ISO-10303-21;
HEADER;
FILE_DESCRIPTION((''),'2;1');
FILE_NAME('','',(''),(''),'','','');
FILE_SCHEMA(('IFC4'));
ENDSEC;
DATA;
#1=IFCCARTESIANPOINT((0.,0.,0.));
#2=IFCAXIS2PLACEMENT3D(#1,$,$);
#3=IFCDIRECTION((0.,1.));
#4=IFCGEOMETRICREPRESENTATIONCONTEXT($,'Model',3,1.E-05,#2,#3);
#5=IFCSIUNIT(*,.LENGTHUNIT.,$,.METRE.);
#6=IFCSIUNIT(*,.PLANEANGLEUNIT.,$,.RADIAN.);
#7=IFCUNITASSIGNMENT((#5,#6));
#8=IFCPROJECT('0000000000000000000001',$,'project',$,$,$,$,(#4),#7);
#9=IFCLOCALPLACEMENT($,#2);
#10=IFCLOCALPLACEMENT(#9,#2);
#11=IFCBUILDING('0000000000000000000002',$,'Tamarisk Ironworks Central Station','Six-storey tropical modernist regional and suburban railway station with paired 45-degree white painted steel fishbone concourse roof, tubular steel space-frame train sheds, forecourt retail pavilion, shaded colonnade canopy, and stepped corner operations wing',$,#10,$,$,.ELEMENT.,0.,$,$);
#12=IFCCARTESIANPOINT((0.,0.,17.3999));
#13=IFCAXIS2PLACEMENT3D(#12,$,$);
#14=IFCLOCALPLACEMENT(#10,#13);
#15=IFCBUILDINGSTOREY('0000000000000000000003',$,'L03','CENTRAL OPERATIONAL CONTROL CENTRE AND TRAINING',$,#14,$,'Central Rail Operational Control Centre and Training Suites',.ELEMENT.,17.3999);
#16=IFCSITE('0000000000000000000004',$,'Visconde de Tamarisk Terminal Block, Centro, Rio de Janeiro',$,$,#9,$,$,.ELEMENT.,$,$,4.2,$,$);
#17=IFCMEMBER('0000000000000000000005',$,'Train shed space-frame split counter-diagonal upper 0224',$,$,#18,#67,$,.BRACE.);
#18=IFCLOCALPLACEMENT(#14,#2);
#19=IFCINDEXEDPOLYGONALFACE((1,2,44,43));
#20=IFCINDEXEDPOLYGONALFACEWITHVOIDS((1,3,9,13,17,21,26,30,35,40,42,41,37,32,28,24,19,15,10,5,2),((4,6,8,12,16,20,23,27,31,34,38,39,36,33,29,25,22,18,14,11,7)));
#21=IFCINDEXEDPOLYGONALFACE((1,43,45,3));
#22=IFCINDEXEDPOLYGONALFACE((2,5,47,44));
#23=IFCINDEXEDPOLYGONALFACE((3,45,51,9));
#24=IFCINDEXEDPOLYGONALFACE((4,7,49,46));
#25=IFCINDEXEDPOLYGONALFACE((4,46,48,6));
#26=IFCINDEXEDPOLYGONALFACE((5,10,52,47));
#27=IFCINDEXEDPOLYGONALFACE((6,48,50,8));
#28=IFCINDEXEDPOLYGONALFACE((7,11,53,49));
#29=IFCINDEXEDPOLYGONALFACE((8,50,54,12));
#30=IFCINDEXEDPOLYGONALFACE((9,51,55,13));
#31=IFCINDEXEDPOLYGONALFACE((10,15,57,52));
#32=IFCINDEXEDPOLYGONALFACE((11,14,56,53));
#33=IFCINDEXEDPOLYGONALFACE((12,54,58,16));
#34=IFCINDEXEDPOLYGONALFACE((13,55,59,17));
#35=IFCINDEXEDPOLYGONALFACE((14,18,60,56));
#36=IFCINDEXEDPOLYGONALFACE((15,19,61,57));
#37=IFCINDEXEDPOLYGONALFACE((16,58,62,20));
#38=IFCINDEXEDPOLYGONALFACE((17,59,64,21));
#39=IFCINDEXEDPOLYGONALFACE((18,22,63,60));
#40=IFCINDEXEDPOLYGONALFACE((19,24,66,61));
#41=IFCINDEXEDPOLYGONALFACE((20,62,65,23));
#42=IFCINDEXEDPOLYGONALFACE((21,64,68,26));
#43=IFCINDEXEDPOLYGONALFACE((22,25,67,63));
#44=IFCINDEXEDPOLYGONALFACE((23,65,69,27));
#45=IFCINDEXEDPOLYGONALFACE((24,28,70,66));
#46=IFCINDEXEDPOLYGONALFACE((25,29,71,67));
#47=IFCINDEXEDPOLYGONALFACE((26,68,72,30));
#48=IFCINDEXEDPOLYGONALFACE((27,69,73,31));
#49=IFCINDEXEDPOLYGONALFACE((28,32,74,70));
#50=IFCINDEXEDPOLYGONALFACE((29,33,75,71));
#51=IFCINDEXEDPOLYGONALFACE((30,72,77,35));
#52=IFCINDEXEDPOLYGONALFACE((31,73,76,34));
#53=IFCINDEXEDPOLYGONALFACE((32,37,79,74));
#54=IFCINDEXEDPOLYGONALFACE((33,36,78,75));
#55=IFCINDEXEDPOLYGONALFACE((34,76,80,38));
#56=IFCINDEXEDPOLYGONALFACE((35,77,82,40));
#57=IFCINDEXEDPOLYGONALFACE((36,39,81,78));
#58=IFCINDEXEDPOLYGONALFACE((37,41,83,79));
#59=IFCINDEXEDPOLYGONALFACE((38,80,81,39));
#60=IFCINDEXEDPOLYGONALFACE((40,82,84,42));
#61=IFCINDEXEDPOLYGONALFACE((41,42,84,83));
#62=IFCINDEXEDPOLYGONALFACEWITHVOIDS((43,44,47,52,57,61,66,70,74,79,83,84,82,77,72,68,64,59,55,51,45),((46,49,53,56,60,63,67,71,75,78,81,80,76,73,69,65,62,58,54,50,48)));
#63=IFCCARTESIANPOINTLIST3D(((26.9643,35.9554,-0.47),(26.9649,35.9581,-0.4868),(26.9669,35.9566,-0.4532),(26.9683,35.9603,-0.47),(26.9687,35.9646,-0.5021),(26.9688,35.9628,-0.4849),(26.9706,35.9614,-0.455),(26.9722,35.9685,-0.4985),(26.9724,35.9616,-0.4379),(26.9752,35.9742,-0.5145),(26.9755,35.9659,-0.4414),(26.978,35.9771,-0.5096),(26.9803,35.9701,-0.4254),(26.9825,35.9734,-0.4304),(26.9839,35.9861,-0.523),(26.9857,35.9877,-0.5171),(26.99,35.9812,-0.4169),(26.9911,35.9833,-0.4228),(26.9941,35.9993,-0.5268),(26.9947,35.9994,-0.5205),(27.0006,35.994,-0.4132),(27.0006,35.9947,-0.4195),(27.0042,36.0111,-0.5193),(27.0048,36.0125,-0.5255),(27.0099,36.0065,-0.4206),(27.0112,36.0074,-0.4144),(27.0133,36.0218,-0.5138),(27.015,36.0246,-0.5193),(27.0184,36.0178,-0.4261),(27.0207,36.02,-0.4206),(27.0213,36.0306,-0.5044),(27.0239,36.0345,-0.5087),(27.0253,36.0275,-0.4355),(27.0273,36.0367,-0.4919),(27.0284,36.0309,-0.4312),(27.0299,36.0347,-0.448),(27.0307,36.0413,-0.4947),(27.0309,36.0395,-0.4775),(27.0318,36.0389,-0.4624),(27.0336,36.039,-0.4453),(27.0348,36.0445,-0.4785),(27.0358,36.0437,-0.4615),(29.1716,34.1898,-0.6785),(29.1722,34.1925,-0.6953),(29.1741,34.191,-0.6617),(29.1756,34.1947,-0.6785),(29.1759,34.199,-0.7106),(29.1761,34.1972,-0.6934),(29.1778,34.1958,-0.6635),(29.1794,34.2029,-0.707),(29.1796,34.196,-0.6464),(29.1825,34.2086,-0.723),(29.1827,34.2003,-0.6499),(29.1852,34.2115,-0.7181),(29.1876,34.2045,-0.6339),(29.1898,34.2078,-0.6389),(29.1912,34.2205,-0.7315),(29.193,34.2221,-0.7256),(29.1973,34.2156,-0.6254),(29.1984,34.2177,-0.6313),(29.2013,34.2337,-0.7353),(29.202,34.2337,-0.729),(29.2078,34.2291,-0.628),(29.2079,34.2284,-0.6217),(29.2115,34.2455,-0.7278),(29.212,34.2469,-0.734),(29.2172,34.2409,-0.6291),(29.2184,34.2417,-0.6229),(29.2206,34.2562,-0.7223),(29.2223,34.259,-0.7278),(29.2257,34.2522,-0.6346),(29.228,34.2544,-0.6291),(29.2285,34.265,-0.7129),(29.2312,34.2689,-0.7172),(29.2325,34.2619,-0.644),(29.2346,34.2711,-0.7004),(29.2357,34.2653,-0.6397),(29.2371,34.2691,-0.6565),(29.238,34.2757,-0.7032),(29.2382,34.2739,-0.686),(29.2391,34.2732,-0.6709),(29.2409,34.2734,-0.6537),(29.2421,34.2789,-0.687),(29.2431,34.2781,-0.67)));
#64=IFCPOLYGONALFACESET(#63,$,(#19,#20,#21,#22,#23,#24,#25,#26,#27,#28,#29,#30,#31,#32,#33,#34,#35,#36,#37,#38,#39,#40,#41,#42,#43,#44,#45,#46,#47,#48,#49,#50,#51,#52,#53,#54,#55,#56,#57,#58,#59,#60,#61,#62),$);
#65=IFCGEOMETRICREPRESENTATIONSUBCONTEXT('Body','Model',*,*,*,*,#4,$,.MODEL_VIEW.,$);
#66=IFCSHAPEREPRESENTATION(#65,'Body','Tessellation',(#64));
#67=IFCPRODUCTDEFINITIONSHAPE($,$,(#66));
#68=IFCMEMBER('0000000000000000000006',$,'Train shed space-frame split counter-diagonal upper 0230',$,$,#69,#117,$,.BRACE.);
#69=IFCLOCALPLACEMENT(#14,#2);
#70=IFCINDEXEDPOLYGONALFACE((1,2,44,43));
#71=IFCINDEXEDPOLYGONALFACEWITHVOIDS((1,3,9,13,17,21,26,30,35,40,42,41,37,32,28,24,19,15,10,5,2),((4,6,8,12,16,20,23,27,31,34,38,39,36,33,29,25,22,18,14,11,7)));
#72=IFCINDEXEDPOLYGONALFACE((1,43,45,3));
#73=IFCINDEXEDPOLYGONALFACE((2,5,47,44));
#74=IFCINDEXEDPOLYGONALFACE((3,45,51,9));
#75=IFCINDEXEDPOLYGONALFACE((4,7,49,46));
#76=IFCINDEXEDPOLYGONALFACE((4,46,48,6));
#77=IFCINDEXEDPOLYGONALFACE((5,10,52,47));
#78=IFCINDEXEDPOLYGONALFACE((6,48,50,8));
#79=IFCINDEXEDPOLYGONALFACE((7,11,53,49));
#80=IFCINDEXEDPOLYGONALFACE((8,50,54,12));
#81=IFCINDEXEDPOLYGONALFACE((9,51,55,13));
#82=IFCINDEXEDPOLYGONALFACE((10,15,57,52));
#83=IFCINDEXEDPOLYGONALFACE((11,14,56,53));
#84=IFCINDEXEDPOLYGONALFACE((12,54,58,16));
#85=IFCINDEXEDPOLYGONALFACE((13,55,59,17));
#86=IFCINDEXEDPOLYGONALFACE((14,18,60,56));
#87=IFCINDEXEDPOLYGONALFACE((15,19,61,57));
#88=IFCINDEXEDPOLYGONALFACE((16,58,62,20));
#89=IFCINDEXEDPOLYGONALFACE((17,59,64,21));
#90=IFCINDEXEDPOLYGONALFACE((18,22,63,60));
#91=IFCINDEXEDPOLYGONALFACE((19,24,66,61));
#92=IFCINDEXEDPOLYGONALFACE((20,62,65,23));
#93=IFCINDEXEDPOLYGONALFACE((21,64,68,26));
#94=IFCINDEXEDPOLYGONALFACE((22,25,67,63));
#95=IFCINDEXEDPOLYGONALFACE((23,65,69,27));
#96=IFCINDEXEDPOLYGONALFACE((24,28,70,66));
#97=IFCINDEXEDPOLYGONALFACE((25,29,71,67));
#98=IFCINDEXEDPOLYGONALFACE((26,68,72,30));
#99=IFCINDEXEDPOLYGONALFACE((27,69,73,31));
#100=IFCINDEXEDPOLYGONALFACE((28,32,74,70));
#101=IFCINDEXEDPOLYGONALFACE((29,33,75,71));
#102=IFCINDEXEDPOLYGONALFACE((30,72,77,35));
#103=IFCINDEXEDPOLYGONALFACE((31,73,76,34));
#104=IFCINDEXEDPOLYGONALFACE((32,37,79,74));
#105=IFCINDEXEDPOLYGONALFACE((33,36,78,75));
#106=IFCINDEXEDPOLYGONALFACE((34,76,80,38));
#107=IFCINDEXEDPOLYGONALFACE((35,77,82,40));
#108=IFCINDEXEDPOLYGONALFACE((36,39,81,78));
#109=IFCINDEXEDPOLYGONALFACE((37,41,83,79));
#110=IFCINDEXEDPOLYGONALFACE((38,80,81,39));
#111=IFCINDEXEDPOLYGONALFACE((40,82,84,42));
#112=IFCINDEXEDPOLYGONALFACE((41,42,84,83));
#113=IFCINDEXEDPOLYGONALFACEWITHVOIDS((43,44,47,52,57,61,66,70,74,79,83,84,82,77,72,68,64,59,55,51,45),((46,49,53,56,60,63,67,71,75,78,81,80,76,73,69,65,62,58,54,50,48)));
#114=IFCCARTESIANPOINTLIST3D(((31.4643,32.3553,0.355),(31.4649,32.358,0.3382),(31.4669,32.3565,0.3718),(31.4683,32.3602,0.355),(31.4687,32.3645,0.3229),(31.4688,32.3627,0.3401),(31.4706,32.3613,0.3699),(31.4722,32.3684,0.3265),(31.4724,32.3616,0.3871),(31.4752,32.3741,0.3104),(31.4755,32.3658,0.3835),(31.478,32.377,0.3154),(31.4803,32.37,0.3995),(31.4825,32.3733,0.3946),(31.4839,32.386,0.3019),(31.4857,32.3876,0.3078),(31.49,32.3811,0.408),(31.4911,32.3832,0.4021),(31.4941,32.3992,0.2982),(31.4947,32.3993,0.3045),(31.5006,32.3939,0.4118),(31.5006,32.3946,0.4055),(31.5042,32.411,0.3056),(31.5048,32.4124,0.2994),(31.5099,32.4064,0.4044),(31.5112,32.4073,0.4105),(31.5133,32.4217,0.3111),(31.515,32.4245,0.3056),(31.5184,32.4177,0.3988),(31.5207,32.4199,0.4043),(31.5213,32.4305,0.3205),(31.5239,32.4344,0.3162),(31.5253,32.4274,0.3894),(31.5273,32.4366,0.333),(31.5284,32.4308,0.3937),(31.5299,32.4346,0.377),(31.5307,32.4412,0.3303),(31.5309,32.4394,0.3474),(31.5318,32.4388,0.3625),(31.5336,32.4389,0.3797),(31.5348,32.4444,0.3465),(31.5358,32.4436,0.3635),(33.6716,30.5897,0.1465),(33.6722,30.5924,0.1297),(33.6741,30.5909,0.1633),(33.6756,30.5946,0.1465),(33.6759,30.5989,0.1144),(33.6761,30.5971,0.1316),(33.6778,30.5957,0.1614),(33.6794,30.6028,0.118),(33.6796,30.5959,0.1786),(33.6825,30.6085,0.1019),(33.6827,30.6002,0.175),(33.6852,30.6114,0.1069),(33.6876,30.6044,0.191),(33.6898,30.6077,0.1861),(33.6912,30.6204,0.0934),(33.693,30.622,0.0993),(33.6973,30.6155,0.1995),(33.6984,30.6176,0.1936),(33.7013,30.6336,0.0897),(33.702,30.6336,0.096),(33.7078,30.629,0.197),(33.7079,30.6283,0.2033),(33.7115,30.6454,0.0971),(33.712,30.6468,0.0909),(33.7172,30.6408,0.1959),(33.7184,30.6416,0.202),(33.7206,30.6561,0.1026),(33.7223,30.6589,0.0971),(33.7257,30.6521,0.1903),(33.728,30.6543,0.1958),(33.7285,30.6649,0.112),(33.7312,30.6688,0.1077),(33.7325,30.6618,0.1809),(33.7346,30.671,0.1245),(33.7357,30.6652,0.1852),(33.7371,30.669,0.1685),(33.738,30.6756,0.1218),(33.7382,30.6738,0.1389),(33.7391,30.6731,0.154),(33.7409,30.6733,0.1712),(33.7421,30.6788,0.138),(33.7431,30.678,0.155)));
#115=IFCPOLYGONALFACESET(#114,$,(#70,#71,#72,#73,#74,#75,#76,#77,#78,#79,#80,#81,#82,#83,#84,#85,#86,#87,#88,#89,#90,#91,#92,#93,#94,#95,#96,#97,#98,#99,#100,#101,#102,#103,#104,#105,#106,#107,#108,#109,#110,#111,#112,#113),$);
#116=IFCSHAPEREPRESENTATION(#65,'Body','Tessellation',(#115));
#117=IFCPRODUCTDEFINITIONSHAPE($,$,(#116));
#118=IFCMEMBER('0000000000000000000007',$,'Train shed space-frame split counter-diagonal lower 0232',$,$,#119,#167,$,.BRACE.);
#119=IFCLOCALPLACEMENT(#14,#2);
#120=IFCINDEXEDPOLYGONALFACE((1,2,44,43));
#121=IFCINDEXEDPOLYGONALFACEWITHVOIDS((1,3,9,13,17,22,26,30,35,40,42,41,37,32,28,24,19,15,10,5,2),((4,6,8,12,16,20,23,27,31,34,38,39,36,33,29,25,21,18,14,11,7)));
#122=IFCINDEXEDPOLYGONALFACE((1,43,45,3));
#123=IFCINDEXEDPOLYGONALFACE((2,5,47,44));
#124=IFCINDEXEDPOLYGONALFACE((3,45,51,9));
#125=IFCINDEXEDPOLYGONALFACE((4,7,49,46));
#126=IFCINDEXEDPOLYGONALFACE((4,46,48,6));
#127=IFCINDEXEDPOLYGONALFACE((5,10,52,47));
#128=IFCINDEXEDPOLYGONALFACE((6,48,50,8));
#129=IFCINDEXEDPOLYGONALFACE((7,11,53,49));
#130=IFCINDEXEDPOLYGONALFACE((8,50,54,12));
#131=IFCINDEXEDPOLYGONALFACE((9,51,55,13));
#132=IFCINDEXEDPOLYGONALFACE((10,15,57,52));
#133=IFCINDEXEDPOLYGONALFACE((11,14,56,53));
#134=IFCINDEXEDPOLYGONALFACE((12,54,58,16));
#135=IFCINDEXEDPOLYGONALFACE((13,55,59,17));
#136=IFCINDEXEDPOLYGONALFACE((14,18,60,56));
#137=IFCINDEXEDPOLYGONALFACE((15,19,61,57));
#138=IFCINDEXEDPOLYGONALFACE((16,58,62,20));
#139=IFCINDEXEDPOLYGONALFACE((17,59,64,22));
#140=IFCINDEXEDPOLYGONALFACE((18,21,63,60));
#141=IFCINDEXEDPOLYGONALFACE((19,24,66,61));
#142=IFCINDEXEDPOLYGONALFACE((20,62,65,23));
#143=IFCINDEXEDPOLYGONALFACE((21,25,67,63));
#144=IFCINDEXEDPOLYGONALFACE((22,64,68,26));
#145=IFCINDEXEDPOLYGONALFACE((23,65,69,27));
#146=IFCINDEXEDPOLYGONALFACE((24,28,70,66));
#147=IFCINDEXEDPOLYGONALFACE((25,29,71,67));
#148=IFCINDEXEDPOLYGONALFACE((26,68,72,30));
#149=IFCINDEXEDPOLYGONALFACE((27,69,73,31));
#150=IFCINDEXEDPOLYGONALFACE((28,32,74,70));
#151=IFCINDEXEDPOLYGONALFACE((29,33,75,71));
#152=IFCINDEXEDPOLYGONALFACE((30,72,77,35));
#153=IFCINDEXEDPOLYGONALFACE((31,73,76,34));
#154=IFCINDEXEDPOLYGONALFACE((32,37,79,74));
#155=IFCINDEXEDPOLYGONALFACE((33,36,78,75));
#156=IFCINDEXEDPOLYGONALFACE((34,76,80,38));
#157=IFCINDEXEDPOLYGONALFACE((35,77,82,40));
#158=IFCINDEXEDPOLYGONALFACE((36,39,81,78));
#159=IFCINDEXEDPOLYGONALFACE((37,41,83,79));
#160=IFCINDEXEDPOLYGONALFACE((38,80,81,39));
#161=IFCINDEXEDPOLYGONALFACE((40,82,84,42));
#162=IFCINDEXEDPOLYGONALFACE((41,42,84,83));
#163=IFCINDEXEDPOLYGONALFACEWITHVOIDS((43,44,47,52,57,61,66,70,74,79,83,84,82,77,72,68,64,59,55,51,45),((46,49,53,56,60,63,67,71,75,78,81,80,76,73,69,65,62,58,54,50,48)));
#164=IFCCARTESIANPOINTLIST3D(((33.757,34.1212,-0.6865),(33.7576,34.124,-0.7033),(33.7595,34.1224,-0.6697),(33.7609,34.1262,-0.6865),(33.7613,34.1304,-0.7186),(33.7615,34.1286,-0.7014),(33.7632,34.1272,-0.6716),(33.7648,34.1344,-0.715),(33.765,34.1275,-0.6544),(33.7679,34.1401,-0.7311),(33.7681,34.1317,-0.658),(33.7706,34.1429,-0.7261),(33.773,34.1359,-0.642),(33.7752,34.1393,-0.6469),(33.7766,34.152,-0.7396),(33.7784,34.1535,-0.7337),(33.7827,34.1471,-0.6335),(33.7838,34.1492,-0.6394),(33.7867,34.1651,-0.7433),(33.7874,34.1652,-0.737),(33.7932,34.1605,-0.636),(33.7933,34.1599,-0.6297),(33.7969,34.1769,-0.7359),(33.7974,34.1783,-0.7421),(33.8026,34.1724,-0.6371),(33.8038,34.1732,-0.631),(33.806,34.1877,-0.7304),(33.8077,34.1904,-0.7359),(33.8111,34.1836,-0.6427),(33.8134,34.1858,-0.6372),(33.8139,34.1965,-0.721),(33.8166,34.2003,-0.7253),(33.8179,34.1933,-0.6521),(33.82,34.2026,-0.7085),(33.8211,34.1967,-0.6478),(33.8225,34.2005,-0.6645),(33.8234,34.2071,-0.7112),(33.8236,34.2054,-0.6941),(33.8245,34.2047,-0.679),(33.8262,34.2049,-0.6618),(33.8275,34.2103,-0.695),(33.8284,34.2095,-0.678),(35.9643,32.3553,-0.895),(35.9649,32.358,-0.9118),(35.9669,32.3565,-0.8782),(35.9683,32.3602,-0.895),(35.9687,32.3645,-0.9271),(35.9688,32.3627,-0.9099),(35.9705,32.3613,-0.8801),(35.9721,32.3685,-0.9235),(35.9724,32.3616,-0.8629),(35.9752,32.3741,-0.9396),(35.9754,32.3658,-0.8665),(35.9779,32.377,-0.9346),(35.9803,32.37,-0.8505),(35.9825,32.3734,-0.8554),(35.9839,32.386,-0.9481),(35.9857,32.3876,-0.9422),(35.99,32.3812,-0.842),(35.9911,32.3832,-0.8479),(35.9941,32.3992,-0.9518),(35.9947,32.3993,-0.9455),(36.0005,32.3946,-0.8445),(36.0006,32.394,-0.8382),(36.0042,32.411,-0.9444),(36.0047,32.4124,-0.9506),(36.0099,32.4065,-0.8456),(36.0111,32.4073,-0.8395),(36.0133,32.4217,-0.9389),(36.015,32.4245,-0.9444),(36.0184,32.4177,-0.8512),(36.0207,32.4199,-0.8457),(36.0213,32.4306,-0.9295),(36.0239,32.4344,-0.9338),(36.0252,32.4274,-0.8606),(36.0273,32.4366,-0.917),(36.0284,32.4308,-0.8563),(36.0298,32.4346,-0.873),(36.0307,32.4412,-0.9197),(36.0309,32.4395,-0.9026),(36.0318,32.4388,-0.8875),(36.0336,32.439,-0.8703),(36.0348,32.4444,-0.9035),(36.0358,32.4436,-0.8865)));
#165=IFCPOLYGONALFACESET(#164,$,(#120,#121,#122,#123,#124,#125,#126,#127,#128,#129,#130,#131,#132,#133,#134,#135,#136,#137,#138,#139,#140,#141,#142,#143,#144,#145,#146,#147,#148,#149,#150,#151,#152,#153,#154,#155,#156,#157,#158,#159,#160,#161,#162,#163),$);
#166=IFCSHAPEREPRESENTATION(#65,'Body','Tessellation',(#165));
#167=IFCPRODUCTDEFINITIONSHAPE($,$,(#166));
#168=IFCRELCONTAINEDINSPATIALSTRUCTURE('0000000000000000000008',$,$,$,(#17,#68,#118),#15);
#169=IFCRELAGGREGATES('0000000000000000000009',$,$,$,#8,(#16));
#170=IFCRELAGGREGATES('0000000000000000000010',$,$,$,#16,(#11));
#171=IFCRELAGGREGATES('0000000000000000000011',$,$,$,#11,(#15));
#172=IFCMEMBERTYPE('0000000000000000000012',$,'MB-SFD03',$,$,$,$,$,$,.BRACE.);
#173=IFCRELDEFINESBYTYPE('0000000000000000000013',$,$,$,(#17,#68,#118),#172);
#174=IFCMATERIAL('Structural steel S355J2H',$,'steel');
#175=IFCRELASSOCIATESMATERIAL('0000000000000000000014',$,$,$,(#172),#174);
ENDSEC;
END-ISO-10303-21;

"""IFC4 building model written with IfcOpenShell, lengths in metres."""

from ifc_helpers import new_model, si_unit, direction, frame, origin, origin_2d, place, context, subcontext, project, spatial, hollow_circle, extrude, material, material_profile, profile_set, type_object, element, save


model = new_model("IFC4")

# Units and contexts
model_context = context("Model", 3, precision=1e-05, world=origin(), true_north=direction((0.0, 1.0)))
body_context = subcontext(model_context, "Body", "Model", "MODEL_VIEW")
ifc_project = project(units=[si_unit("LENGTHUNIT", "METRE"), si_unit("PLANEANGLEUNIT", "RADIAN")], contexts=[model_context])

# Site, building, storey
site_placement = place(None, origin())
site = spatial("IfcSite", under=ifc_project, at=site_placement, Name="Visconde de Tamarisk Terminal Block, Centro, Rio de Janeiro", CompositionType="ELEMENT", RefElevation=4.2)
building_placement = place(site_placement, origin())
building = spatial("IfcBuilding", under=site, at=building_placement, Name="Tamarisk Ironworks Central Station", Description="Six-storey tropical modernist regional and suburban railway station with paired 45-degree white painted steel fishbone concourse roof, tubular steel space-frame train sheds, forecourt retail pavilion, shaded colonnade canopy, and stepped corner operations wing", CompositionType="ELEMENT", ElevationOfRefHeight=0.0)
storey_placement = place(building_placement, frame((0.0, 0.0, 17.3999)))
storey = spatial("IfcBuildingStorey", under=building, at=storey_placement, Name="L03", Description="CENTRAL OPERATIONAL CONTROL CENTRE AND TRAINING", LongName="Central Rail Operational Control Centre and Training Suites", CompositionType="ELEMENT", Elevation=17.3999)

# Members
ifc_material_1 = material(Name="Structural steel S355J2H", Category="steel")
ifc_material_profile_1 = material_profile(ifc_material_1, hollow_circle(Radius=0.0571, WallThickness=0.0063, at=origin_2d()), Name="CHS 114.3x6.3")
ifc_profile_set_1 = profile_set([ifc_material_profile_1], Name="Structural steel S355J2H")
member_type_1 = type_object("IfcMemberType", Name="MB-SFD03", PredefinedType="BRACE", material=ifc_profile_set_1)
for number, where, z_axis, x_axis, name in (
    (1, (29.2073, 34.2344, -0.6785), (-0.778787, 0.62296, 0.073563), (-0.624653, -0.780903, 0.0), "Train shed space-frame split counter-diagonal upper 0224"),
    (2, (33.7073, 30.6343, 0.1465), (-0.778787, 0.62296, 0.073563), (-0.624653, -0.780903, 0.0), "Train shed space-frame split counter-diagonal upper 0230"),
):
    element("IfcMember", number, at=place(storey_placement, frame(where, z_axis=z_axis, x_axis=x_axis)), inside=storey, type_object=member_type_1, Name=name, PredefinedType="BRACE", context=body_context, shape_type="SweptSolid", body=[
        extrude(hollow_circle(Radius=0.0571, WallThickness=0.0063, at=origin_2d()), origin(), (0.0, 0.0, 1.0), 2.8342),
    ])
member_1_placement = place(storey_placement, frame((36.0, 32.3999, -0.895), z_axis=(-0.778745, 0.623013, 0.073559), x_axis=(-0.624706, -0.78086, 0.0)))
element("IfcMember", 3, at=member_1_placement, inside=storey, type_object=member_type_1, Name="Train shed space-frame split counter-diagonal lower 0232", PredefinedType="BRACE", context=body_context, shape_type="SweptSolid", body=[
    extrude(hollow_circle(Radius=0.0571, WallThickness=0.0063, at=origin_2d()), origin(), (0.0, 0.0, 1.0), 2.8345),
])

save(model, "model.ifc")
